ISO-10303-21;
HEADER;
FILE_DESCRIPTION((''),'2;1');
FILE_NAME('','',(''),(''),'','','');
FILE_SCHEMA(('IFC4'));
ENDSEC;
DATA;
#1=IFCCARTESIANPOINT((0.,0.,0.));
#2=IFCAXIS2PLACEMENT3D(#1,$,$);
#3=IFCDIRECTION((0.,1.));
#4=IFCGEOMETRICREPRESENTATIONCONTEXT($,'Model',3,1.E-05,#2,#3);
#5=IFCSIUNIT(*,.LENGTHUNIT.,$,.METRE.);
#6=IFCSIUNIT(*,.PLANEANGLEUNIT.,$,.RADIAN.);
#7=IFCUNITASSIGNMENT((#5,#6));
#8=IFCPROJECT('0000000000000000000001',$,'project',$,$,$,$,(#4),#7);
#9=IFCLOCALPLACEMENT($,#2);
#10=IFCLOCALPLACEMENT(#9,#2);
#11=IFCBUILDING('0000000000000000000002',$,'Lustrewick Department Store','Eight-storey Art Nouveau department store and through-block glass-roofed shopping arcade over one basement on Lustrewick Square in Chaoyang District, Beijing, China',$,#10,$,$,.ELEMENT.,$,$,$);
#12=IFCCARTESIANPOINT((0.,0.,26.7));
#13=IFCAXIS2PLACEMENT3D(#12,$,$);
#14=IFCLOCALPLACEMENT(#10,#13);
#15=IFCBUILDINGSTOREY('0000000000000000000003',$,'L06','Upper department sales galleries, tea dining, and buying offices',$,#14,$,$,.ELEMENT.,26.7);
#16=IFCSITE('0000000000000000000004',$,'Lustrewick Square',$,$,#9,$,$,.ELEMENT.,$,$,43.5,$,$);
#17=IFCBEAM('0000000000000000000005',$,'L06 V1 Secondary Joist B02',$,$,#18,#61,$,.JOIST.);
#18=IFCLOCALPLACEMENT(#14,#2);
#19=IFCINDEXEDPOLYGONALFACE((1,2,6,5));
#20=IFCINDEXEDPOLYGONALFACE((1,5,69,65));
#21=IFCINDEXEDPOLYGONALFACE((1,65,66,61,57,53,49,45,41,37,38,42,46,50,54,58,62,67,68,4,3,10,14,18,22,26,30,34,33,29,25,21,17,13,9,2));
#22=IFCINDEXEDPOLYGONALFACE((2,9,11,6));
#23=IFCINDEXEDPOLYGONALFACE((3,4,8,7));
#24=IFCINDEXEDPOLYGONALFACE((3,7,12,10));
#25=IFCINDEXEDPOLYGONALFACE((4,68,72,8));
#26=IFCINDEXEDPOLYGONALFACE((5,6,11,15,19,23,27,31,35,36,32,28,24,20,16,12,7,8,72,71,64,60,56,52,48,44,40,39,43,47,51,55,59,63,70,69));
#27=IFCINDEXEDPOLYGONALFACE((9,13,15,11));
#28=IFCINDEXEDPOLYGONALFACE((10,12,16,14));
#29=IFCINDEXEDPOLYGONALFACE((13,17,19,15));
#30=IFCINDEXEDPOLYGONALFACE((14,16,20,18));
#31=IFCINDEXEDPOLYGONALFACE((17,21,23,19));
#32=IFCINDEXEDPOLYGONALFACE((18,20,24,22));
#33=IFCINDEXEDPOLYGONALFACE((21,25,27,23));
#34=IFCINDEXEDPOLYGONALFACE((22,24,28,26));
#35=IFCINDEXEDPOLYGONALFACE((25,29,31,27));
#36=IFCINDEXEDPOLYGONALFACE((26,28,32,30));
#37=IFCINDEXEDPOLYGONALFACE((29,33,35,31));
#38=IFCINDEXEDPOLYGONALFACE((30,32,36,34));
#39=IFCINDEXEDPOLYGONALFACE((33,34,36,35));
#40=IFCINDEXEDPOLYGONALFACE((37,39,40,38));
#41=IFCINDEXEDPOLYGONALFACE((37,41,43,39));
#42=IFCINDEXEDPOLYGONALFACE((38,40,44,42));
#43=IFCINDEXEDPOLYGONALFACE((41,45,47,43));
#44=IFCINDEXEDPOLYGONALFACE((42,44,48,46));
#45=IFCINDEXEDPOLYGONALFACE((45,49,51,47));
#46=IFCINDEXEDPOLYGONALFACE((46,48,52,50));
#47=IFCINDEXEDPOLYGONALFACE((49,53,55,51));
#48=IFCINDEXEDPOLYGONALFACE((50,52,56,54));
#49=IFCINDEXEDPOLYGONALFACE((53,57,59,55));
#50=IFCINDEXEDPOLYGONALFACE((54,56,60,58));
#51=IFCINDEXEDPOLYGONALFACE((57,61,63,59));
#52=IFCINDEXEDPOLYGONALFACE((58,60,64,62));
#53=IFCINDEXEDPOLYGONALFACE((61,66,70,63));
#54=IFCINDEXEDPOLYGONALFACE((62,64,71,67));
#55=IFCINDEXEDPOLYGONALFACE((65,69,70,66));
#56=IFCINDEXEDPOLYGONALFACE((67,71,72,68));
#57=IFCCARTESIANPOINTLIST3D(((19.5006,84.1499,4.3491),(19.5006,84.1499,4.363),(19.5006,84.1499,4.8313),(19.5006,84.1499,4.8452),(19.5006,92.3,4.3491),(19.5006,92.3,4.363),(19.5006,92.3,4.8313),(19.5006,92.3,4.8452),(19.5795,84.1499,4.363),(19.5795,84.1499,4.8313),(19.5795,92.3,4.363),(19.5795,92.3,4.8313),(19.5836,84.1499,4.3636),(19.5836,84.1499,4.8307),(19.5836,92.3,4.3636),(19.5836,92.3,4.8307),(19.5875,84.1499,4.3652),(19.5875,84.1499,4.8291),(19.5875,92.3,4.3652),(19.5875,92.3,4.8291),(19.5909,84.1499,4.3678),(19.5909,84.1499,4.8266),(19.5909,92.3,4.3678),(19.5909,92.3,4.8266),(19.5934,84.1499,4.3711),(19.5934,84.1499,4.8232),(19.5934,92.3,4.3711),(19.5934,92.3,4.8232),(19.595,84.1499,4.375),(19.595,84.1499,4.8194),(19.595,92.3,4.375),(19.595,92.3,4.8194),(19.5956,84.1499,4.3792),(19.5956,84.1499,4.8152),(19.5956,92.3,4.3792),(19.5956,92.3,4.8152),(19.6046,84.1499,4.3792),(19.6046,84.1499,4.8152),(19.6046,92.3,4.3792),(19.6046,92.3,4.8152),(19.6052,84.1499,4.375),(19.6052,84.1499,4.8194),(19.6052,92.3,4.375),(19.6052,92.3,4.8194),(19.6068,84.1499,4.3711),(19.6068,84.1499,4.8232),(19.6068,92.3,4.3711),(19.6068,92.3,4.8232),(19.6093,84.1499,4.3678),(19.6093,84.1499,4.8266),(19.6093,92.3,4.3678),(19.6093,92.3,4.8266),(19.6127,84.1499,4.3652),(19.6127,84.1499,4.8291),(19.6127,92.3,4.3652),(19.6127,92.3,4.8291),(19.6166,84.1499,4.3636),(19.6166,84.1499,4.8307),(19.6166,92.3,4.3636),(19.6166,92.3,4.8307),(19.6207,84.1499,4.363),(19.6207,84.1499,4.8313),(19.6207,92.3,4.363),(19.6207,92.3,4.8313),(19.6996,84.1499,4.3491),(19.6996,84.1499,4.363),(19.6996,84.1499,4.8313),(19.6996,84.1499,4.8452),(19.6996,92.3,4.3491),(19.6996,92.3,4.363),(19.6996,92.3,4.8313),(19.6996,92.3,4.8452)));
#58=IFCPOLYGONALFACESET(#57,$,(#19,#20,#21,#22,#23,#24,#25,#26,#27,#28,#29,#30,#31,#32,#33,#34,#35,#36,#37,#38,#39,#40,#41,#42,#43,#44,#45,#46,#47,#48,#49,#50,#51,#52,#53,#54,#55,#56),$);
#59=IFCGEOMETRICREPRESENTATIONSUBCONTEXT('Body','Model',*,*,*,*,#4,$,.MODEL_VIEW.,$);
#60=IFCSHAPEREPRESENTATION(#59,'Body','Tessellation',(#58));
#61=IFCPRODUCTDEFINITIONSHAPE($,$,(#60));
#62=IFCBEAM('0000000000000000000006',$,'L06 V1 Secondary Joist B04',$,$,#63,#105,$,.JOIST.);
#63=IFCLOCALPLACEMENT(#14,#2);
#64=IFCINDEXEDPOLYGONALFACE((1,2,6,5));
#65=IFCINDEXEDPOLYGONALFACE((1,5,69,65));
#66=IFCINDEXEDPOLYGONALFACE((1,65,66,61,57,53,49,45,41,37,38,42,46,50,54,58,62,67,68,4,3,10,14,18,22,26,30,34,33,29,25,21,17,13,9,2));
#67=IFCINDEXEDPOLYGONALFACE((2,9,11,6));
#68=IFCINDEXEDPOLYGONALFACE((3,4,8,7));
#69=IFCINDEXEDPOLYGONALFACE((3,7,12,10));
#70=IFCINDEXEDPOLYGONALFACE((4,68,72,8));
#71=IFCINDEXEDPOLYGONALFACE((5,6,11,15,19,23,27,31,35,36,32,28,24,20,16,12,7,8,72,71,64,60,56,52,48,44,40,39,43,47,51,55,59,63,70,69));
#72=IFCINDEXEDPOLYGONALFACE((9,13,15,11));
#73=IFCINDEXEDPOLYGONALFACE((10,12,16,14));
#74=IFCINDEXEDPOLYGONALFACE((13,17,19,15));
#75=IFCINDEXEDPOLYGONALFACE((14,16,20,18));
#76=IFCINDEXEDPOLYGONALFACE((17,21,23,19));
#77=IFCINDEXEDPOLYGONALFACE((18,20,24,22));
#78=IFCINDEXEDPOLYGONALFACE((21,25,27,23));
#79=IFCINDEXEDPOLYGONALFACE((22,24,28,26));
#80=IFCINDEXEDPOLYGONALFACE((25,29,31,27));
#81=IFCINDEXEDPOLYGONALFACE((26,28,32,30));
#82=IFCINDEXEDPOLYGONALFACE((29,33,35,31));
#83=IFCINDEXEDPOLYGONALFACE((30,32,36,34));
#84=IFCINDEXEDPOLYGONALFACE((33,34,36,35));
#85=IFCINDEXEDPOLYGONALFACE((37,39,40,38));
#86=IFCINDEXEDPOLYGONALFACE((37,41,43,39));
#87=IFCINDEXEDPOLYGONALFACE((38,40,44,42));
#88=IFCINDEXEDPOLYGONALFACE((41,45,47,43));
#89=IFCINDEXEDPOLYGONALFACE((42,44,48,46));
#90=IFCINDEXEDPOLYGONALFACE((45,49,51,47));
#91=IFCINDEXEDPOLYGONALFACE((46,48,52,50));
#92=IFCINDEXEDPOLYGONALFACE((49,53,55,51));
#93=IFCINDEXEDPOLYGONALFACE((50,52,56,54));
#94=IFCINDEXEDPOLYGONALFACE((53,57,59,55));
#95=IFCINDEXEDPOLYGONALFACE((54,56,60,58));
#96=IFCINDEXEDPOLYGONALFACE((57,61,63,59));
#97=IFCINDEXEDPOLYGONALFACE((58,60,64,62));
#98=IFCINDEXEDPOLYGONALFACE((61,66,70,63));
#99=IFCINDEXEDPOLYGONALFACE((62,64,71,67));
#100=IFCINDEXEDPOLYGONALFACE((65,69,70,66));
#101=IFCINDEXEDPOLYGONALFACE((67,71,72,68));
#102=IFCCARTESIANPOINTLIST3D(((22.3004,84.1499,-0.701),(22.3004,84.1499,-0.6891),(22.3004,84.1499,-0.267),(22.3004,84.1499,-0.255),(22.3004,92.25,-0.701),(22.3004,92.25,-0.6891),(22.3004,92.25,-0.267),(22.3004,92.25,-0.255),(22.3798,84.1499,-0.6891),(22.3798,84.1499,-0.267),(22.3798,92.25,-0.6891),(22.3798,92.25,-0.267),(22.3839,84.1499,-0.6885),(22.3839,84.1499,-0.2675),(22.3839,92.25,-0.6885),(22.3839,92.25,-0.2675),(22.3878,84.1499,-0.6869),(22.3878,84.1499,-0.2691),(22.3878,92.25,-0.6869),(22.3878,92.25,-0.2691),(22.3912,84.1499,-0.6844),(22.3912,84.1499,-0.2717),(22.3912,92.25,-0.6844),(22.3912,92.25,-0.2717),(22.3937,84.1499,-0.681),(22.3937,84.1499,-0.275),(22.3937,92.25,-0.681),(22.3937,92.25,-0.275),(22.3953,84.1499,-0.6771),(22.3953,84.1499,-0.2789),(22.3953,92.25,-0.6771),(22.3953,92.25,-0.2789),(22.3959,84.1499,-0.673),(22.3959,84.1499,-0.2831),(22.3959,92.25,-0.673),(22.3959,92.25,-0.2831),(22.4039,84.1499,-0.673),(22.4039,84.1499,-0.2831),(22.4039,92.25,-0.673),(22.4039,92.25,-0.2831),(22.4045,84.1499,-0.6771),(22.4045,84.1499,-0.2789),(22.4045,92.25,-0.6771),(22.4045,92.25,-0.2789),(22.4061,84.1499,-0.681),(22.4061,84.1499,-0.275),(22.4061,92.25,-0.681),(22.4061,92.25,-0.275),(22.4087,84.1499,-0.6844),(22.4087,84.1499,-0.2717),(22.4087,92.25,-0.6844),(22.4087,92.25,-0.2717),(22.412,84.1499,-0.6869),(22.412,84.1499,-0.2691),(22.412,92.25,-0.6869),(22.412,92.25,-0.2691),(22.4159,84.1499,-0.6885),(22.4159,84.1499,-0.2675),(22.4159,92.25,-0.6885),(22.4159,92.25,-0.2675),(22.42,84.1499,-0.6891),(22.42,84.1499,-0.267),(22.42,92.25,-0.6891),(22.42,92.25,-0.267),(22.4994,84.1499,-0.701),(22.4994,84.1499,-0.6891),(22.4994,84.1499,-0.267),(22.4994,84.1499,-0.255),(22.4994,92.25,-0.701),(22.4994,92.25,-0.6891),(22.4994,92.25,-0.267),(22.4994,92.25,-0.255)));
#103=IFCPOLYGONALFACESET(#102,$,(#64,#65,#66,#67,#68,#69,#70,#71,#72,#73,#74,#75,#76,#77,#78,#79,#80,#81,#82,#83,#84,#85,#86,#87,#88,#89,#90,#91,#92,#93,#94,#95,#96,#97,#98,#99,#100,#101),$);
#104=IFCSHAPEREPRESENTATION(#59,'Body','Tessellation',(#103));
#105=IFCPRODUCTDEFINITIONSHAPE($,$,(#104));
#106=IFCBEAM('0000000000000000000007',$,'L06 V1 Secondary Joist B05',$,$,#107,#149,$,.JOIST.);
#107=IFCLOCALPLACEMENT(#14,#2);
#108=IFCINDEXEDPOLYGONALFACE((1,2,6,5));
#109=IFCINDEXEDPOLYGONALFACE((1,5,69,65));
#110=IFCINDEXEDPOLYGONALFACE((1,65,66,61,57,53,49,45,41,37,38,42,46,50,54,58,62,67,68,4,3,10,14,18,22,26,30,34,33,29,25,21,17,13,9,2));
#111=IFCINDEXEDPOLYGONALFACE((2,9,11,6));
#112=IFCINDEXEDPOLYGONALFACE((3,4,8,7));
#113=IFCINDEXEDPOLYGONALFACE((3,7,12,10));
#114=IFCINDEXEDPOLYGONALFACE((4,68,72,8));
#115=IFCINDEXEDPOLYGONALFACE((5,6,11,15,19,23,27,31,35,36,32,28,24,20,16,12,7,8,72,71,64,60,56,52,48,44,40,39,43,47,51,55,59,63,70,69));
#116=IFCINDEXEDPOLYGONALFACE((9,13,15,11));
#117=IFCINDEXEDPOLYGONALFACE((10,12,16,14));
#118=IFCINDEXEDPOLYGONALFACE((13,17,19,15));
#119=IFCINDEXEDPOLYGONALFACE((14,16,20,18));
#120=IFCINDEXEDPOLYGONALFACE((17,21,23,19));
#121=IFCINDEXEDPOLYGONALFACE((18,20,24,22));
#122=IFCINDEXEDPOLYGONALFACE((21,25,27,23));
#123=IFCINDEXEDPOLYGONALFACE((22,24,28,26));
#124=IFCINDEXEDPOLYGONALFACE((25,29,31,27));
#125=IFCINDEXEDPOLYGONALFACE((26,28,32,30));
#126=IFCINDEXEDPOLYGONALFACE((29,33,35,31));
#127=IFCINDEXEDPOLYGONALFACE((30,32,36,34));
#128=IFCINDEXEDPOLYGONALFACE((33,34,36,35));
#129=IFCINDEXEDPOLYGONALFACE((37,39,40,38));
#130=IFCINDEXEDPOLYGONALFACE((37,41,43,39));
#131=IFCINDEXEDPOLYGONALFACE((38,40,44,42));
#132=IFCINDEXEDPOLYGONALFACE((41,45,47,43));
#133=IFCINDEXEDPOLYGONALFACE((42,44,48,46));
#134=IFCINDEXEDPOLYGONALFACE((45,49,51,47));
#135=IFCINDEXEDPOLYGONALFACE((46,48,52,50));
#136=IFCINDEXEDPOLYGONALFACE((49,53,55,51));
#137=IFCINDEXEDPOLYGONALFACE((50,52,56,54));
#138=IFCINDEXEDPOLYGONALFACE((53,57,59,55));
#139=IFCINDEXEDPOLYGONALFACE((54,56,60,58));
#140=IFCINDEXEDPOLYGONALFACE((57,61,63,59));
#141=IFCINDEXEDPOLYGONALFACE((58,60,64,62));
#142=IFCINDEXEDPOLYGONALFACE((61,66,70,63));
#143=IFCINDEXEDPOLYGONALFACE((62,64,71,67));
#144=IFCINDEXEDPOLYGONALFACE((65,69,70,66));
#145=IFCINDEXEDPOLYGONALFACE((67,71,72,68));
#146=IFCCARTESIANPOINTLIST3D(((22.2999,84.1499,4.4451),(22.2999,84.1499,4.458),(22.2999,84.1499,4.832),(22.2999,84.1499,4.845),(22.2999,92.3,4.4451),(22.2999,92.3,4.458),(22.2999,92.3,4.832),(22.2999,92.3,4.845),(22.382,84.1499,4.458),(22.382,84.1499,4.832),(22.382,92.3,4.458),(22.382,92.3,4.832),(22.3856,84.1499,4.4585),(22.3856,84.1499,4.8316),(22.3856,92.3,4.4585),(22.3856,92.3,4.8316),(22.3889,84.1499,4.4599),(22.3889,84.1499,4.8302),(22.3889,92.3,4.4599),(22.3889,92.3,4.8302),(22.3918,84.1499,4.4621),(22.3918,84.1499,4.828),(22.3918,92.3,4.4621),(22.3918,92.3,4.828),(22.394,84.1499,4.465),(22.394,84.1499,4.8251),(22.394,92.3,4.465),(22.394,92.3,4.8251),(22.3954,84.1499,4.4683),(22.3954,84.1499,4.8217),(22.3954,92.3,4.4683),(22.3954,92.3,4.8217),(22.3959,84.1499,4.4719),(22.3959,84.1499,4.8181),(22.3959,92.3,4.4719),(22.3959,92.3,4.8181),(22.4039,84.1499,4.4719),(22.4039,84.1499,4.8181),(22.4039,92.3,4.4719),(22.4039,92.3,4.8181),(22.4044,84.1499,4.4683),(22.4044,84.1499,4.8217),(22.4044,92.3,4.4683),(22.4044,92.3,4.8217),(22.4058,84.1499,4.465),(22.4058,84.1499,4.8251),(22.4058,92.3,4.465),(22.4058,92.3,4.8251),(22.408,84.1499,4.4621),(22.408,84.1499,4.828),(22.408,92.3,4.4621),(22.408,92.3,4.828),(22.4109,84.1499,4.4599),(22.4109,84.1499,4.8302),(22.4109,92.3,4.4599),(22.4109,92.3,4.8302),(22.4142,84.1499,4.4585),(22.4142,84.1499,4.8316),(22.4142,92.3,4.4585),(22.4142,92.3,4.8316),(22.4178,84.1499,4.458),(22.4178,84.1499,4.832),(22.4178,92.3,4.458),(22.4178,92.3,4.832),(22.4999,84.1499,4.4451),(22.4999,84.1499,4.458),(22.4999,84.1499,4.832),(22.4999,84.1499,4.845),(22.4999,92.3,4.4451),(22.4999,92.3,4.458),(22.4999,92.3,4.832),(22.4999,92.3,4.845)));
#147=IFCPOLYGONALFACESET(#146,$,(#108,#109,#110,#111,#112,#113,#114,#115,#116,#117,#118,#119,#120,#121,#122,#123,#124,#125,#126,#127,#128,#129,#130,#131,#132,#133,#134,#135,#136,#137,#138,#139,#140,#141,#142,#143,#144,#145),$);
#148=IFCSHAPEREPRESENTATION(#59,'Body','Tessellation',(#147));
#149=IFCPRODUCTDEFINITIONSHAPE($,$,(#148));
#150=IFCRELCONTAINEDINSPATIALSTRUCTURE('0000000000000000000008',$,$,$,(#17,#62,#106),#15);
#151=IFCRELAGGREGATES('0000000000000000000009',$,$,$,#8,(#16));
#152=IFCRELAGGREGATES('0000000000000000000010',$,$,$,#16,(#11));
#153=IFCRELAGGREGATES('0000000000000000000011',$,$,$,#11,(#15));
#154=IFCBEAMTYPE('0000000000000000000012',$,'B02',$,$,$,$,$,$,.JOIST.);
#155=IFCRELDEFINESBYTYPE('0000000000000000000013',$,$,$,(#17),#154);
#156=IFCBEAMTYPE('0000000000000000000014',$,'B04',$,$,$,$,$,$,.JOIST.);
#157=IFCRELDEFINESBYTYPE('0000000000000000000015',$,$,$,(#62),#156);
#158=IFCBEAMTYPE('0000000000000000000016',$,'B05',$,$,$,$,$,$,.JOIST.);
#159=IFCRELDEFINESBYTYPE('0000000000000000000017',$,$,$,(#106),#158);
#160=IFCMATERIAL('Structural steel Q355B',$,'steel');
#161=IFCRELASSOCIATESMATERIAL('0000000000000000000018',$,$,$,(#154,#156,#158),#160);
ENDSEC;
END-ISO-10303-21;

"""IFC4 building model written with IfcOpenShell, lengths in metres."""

from ifc_helpers import new_model, si_unit, direction, frame, origin, origin_2d, place, context, subcontext, project, spatial, i_section, extrude, material, material_profile, profile_set, type_object, element, save


model = new_model("IFC4")

# Units and contexts
model_context = context("Model", 3, precision=1e-05, world=origin(), true_north=direction((0.0, 1.0)))
body_context = subcontext(model_context, "Body", "Model", "MODEL_VIEW")
ifc_project = project(units=[si_unit("LENGTHUNIT", "METRE"), si_unit("PLANEANGLEUNIT", "RADIAN")], contexts=[model_context])

# Site, building, storey
site_placement = place(None, origin())
site = spatial("IfcSite", under=ifc_project, at=site_placement, Name="Lustrewick Square", CompositionType="ELEMENT", RefElevation=43.5)
building_placement = place(site_placement, origin())
building = spatial("IfcBuilding", under=site, at=building_placement, Name="Lustrewick Department Store", Description="Eight-storey Art Nouveau department store and through-block glass-roofed shopping arcade over one basement on Lustrewick Square in Chaoyang District, Beijing, China", CompositionType="ELEMENT")
storey_placement = place(building_placement, frame((0.0, 0.0, 26.7)))
storey = spatial("IfcBuildingStorey", under=building, at=storey_placement, Name="L06", Description="Upper department sales galleries, tea dining, and buying offices", CompositionType="ELEMENT", Elevation=26.7)

# Shared definitions
ifc_material_1 = material(Name="Structural steel Q355B", Category="steel")

# Beams
ifc_material_profile_1 = material_profile(ifc_material_1, i_section(OverallWidth=0.199, OverallDepth=0.4961, WebThickness=0.009, FlangeThickness=0.0139, FilletRadius=0.0161, at=origin_2d()), Name="HN 496x199x9x14")
ifc_profile_set_1 = profile_set([ifc_material_profile_1], Name="Structural steel Q355B")
beam_type_1 = type_object("IfcBeamType", Name="B02", PredefinedType="JOIST", material=ifc_profile_set_1)
beam_1_placement = place(storey_placement, frame((19.6001, 84.1499, 4.5972), z_axis=(0.0, 1.0, 0.0), x_axis=(-1.0, 0.0, 0.0)))
element("IfcBeam", 1, at=beam_1_placement, inside=storey, type_object=beam_type_1, Name="L06 V1 Secondary Joist B02", PredefinedType="JOIST", context=body_context, shape_type="SweptSolid", body=[
    extrude(i_section(OverallWidth=0.199, OverallDepth=0.4961, WebThickness=0.009, FlangeThickness=0.0139, FilletRadius=0.0161, at=origin_2d()), origin(), (0.0, 0.0, 1.0), 8.1501),
])
ifc_material_profile_2 = material_profile(ifc_material_1, i_section(OverallWidth=0.199, OverallDepth=0.446, WebThickness=0.0081, FlangeThickness=0.012, FilletRadius=0.0161, at=origin_2d()), Name="HN 446x199x8x12")
ifc_profile_set_2 = profile_set([ifc_material_profile_2], Name="Structural steel Q355B")
beam_type_2 = type_object("IfcBeamType", Name="B04", PredefinedType="JOIST", material=ifc_profile_set_2)
beam_2_placement = place(storey_placement, frame((22.3999, 84.1499, -0.478), z_axis=(0.0, 1.0, 0.0), x_axis=(-1.0, 0.0, 0.0)))
element("IfcBeam", 2, at=beam_2_placement, inside=storey, type_object=beam_type_2, Name="L06 V1 Secondary Joist B04", PredefinedType="JOIST", context=body_context, shape_type="SweptSolid", body=[
    extrude(i_section(OverallWidth=0.199, OverallDepth=0.446, WebThickness=0.0081, FlangeThickness=0.012, FilletRadius=0.0161, at=origin_2d()), origin(), (0.0, 0.0, 1.0), 8.1001),
])
ifc_material_profile_3 = material_profile(ifc_material_1, i_section(OverallWidth=0.2, OverallDepth=0.3999, WebThickness=0.0081, FlangeThickness=0.0129, FilletRadius=0.0139, at=origin_2d()), Name="HN 400x200x8x13")
ifc_profile_set_3 = profile_set([ifc_material_profile_3], Name="Structural steel Q355B")
beam_type_3 = type_object("IfcBeamType", Name="B05", PredefinedType="JOIST", material=ifc_profile_set_3)
beam_3_placement = place(storey_placement, frame((22.3999, 84.1499, 4.645), z_axis=(0.0, 1.0, 0.0), x_axis=(-1.0, 0.0, 0.0)))
element("IfcBeam", 3, at=beam_3_placement, inside=storey, type_object=beam_type_3, Name="L06 V1 Secondary Joist B05", PredefinedType="JOIST", context=body_context, shape_type="SweptSolid", body=[
    extrude(i_section(OverallWidth=0.2, OverallDepth=0.3999, WebThickness=0.0081, FlangeThickness=0.0129, FilletRadius=0.0139, at=origin_2d()), origin(), (0.0, 0.0, 1.0), 8.1501),
])

save(model, "model.ifc")
